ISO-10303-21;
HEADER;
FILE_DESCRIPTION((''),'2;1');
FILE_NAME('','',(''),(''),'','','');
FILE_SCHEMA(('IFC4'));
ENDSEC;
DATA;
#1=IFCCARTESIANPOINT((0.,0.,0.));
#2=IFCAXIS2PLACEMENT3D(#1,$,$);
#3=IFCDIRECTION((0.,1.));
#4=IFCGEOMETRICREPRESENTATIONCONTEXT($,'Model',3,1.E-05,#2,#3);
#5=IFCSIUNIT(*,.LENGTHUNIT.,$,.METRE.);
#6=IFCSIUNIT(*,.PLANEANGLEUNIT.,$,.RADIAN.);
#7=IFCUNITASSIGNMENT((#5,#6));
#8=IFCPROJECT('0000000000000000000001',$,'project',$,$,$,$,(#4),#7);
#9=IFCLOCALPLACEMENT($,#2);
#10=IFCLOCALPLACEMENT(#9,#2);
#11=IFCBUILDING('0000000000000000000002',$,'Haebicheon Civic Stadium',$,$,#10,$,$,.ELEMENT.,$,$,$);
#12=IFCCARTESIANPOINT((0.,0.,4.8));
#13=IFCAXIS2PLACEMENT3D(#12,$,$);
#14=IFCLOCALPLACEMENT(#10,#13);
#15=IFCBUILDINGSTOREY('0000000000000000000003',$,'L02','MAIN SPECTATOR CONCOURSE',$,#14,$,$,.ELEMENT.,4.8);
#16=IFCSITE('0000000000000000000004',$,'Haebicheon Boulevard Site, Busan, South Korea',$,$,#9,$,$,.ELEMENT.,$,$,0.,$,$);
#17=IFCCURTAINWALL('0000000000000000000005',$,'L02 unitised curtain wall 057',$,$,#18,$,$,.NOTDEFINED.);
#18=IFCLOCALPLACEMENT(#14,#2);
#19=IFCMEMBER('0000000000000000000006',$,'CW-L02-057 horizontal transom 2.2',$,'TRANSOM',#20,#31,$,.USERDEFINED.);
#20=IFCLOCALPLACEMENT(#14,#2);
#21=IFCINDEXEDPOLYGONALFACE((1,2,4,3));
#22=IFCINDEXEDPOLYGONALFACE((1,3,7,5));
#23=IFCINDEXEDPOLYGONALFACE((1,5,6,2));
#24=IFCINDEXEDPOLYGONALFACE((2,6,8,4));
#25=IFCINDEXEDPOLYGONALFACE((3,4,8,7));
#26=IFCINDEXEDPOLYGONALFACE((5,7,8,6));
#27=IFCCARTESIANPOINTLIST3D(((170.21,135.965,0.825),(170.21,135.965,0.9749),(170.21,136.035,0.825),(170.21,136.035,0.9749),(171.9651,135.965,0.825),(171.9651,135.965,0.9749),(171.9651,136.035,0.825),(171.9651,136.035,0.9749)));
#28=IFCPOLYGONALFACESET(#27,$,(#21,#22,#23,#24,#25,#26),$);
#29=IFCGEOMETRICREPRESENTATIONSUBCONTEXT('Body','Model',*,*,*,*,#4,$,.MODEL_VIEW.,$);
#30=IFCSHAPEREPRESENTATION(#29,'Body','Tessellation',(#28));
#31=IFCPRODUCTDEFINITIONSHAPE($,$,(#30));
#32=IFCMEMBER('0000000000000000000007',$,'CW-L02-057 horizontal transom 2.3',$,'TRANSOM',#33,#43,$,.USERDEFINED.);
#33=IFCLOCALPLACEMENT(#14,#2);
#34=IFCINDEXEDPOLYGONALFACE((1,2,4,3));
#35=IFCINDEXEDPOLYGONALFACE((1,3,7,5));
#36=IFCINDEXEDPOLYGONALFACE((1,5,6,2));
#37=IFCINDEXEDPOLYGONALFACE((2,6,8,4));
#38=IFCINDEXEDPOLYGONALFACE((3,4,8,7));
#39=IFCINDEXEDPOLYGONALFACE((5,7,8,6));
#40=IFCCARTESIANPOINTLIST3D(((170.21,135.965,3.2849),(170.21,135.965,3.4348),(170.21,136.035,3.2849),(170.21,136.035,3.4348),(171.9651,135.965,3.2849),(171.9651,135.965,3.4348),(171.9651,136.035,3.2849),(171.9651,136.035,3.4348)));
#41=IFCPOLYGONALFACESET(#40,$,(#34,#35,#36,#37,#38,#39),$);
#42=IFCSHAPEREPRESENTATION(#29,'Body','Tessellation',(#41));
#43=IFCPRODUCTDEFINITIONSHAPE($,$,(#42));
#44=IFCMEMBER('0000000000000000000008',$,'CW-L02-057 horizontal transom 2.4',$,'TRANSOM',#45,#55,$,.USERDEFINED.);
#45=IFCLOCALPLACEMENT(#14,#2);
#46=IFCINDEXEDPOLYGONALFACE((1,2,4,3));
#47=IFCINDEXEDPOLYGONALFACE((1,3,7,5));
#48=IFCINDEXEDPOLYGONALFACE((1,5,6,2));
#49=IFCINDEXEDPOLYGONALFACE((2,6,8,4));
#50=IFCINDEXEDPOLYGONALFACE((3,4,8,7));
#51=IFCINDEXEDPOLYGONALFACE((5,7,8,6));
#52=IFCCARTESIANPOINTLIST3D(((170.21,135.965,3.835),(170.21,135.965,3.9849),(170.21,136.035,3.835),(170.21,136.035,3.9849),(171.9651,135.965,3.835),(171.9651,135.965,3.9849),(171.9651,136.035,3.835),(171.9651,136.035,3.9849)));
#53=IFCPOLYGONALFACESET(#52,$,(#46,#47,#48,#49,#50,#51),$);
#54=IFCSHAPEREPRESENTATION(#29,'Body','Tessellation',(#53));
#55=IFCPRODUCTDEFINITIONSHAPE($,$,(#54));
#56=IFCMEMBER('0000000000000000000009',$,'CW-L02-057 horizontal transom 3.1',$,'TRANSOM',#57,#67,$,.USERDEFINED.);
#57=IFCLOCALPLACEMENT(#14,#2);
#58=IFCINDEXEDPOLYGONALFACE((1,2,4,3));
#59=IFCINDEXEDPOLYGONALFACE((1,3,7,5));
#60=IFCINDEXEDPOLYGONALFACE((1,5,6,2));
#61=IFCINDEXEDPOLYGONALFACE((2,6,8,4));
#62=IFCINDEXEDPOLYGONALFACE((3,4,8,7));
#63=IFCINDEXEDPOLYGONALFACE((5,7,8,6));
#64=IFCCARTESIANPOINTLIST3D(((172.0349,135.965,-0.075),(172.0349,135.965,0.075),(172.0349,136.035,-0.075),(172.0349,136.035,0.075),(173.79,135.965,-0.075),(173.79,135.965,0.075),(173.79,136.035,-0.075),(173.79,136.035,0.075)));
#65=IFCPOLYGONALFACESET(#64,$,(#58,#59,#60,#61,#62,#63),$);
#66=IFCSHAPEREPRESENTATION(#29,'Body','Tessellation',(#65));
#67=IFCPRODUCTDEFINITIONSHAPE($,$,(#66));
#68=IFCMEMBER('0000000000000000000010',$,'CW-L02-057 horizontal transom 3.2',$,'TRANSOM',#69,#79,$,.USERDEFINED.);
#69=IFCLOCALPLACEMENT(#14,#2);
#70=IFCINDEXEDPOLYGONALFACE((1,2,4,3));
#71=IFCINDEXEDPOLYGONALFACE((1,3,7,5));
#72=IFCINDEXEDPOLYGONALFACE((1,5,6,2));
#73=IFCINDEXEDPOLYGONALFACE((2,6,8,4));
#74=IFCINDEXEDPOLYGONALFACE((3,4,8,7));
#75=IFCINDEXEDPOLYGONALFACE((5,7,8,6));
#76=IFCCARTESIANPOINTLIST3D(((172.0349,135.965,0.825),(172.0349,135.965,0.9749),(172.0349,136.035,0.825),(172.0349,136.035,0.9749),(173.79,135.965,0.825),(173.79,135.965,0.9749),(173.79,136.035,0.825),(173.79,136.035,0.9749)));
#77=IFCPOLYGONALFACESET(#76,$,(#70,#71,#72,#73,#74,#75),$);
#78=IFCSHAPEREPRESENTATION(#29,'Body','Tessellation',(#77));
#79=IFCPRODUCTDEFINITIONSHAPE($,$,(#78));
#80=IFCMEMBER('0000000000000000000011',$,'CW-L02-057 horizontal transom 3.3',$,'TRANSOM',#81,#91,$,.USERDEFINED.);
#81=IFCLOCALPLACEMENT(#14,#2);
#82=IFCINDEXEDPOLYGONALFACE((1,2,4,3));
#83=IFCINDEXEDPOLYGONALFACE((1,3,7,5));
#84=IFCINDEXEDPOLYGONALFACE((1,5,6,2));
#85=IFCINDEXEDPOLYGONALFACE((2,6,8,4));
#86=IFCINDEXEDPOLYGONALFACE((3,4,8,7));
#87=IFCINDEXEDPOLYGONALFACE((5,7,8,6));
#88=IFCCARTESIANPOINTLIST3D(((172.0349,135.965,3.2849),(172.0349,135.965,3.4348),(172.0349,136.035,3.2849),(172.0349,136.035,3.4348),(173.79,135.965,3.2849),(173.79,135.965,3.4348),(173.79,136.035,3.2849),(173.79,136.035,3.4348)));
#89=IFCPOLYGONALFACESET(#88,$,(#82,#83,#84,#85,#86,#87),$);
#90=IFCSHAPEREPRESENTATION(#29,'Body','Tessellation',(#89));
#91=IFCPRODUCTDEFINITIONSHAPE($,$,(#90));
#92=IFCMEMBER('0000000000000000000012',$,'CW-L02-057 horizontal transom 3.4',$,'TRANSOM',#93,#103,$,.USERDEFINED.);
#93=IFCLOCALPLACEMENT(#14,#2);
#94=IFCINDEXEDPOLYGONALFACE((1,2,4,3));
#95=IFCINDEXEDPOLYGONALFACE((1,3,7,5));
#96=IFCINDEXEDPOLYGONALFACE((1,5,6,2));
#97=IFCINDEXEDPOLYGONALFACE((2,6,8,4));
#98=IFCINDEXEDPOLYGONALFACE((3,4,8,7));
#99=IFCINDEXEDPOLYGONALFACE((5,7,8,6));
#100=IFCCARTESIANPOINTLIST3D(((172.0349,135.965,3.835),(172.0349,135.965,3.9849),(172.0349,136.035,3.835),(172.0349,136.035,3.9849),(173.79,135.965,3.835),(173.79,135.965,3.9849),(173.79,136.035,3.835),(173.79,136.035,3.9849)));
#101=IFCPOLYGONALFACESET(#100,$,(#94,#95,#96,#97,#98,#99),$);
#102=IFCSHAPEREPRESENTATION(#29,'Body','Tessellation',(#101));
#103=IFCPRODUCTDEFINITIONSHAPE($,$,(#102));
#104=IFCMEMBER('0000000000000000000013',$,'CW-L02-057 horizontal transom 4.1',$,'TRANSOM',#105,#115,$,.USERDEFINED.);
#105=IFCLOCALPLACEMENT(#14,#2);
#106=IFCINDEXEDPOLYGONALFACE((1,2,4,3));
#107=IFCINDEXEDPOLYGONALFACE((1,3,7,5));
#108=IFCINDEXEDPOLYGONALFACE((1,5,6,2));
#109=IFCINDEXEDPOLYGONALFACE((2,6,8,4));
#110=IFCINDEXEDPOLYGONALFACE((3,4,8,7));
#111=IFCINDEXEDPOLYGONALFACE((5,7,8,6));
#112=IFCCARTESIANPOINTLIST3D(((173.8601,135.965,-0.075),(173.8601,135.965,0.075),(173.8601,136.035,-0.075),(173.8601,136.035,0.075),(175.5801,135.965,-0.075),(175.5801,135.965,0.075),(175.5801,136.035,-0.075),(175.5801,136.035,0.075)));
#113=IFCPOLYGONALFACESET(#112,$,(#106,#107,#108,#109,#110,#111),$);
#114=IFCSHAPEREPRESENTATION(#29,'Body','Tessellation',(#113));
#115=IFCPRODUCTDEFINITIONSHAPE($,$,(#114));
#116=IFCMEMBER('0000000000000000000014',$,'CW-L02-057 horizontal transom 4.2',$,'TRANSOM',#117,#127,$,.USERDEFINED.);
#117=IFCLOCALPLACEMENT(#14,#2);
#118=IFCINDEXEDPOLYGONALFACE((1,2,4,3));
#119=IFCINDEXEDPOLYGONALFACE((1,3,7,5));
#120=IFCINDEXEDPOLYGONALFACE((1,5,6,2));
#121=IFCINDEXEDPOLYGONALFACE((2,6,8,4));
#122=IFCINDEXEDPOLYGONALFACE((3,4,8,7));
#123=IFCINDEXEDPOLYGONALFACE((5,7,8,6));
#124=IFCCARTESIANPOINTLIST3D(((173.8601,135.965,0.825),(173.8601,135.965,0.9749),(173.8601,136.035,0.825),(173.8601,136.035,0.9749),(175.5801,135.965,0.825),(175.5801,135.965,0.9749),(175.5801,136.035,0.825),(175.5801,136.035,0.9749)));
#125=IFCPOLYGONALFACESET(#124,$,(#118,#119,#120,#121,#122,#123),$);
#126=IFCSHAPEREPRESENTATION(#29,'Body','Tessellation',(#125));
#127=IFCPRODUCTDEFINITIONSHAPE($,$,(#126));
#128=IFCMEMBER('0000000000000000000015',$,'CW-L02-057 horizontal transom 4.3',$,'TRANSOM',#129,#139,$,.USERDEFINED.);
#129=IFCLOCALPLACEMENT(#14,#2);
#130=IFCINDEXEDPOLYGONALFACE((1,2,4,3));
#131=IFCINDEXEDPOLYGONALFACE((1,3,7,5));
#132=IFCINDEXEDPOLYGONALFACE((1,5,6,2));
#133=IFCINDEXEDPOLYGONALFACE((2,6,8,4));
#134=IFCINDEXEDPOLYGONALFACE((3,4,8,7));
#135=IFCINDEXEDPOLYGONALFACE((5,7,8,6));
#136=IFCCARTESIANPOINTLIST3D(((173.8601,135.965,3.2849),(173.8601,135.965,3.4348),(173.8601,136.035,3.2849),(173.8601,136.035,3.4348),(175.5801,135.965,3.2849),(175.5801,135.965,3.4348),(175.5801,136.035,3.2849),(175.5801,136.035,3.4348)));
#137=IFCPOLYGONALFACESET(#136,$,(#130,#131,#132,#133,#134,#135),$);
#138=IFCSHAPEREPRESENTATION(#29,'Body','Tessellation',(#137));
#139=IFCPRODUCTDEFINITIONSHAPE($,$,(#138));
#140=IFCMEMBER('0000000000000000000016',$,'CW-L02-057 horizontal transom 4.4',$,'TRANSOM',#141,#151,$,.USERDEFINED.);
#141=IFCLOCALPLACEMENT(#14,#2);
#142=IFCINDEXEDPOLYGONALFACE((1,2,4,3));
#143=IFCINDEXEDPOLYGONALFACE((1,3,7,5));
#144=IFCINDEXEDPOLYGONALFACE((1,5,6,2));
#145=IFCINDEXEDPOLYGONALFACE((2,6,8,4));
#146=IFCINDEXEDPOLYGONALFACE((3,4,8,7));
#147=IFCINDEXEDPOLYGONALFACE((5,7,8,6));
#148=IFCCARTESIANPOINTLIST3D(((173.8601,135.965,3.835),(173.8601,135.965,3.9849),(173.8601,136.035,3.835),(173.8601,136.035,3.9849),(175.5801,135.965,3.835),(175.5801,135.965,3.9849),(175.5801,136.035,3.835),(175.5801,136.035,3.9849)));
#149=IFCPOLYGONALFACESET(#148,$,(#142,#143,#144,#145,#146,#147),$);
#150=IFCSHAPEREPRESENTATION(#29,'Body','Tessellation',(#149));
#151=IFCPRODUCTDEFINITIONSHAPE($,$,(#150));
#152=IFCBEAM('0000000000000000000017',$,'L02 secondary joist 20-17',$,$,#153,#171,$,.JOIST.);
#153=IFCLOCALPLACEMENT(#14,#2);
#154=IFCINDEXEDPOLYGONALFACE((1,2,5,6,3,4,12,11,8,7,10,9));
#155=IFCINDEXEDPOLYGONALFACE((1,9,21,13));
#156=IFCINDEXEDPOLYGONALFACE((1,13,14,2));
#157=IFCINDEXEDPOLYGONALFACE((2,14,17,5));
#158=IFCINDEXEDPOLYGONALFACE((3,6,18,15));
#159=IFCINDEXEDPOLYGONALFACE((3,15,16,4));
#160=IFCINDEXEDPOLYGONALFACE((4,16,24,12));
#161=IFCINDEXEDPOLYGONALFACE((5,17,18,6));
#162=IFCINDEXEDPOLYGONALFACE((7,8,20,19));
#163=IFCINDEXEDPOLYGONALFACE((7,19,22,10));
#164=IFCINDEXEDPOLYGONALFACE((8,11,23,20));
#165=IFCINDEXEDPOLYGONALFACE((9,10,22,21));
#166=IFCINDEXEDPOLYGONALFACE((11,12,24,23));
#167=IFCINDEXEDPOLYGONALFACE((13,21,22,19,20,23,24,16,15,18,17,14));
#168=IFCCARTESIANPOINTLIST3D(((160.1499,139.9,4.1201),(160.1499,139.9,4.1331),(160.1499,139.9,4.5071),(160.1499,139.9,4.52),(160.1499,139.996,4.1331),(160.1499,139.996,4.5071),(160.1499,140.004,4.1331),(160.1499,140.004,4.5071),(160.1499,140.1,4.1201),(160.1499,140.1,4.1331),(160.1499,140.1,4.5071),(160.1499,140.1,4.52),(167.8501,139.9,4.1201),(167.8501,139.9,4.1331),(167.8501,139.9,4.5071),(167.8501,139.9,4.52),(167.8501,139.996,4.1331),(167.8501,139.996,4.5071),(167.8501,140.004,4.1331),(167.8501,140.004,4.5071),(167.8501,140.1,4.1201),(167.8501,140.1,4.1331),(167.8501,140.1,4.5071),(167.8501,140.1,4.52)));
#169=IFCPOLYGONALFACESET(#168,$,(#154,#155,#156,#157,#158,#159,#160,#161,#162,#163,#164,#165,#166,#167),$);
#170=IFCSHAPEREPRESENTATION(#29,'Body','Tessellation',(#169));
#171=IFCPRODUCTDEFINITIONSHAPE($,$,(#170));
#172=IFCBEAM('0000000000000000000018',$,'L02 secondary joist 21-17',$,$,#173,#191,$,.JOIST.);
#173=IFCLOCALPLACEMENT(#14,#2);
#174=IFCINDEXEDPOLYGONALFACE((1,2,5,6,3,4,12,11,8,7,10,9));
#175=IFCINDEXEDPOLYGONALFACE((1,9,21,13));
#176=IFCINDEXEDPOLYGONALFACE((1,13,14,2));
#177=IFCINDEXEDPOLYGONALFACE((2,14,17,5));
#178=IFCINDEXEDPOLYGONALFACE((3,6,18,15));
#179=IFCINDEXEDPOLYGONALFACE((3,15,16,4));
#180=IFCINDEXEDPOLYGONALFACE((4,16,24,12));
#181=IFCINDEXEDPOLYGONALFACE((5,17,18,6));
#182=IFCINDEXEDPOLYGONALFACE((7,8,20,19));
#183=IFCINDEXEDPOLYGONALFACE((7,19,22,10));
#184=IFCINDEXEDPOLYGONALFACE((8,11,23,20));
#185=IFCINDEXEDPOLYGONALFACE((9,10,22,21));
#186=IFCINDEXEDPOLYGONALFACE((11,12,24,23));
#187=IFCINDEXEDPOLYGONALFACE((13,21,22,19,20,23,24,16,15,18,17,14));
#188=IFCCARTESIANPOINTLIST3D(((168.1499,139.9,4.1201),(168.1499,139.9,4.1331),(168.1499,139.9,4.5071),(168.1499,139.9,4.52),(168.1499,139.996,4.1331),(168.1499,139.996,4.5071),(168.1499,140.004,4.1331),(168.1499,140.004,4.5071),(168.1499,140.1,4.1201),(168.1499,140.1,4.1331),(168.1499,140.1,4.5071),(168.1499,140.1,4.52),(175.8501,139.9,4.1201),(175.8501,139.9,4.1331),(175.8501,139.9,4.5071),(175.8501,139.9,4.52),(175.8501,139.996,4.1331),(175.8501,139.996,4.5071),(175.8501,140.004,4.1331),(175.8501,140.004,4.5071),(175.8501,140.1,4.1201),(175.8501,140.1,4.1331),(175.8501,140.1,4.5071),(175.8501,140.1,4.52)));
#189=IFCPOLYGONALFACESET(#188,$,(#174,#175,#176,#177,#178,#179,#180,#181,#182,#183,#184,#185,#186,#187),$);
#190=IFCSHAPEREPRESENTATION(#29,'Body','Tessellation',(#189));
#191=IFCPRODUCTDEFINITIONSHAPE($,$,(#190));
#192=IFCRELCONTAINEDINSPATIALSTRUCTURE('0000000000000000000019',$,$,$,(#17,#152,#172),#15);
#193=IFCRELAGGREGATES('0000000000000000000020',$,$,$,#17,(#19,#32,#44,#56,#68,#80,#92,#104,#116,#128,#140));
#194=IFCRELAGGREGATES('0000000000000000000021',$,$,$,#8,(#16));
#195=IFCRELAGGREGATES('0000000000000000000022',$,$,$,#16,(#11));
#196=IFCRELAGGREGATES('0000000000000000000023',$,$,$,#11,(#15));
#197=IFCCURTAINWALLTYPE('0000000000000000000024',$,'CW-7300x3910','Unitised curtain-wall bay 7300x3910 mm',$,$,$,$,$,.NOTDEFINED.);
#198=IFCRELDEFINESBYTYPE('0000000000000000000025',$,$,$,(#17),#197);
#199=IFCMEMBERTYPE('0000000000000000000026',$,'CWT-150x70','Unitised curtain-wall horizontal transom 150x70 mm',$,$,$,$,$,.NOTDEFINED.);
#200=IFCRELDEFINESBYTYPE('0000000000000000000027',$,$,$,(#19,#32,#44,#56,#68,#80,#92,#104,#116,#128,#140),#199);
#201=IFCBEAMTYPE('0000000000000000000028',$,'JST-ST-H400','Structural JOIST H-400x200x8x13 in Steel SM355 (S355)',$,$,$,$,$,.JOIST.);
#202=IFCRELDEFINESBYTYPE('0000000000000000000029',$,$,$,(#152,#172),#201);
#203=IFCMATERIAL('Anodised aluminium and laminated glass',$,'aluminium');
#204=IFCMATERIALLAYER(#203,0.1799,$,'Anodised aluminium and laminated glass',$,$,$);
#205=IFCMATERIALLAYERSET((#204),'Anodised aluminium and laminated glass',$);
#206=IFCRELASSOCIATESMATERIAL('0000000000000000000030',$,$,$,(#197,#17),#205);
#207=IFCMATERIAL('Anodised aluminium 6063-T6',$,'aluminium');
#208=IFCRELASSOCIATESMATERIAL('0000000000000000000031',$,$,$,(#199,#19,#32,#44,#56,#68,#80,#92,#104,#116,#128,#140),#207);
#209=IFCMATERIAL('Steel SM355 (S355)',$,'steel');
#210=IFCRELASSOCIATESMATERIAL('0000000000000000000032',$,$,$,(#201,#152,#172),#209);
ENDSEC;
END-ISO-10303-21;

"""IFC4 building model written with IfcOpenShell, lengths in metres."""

from ifc_helpers import new_model, si_unit, direction, frame, origin, origin_2d, place, context, subcontext, project, spatial, rectangle, i_section, extrude, material, layer, layer_set, material_profile, profile_set, type_object, element, aggregate, save


model = new_model("IFC4")

# Units and contexts
model_context = context("Model", 3, precision=1e-05, world=origin(), true_north=direction((0.0, 1.0)))
body_context = subcontext(model_context, "Body", "Model", "MODEL_VIEW")
ifc_project = project(units=[si_unit("LENGTHUNIT", "METRE"), si_unit("PLANEANGLEUNIT", "RADIAN")], contexts=[model_context])

# Site, building, storey
site_placement = place(None, origin())
site = spatial("IfcSite", under=ifc_project, at=site_placement, Name="Haebicheon Boulevard Site, Busan, South Korea", CompositionType="ELEMENT", RefElevation=0.0)
building_placement = place(site_placement, origin())
building = spatial("IfcBuilding", under=site, at=building_placement, Name="Haebicheon Civic Stadium", CompositionType="ELEMENT")
storey_placement = place(building_placement, frame((0.0, 0.0, 4.8)))
storey = spatial("IfcBuildingStorey", under=building, at=storey_placement, Name="L02", Description="MAIN SPECTATOR CONCOURSE", CompositionType="ELEMENT", Elevation=4.8)

# Curtain wall, members
ifc_material_1 = material(Name="Anodised aluminium and laminated glass", Category="aluminium")
ifc_layer_1 = layer(ifc_material_1, 0.1799, Name="Anodised aluminium and laminated glass")
ifc_layer_set_1 = layer_set([ifc_layer_1], Name="Anodised aluminium and laminated glass")
curtain_wall_type = type_object("IfcCurtainWallType", Name="CW-7300x3910", Description="Unitised curtain-wall bay 7300x3910 mm", PredefinedType="NOTDEFINED", material=ifc_layer_set_1)
curtain_wall_placement = place(storey_placement, origin())
curtain_wall = element("IfcCurtainWall", 1, at=curtain_wall_placement, inside=storey, type_object=curtain_wall_type, material=ifc_layer_set_1, Name="L02 unitised curtain wall 057", PredefinedType="NOTDEFINED")
ifc_material_2 = material(Name="Anodised aluminium 6063-T6", Category="aluminium")
ifc_material_profile_1 = material_profile(ifc_material_2, rectangle(XDim=0.0701, YDim=0.1499, at=origin_2d()), Name="ALU-TRAN-70x150")
ifc_profile_set_1 = profile_set([ifc_material_profile_1], Name="Anodised aluminium 6063-T6")
member_type_1 = type_object("IfcMemberType", Name="CWT-150x70", Description="Unitised curtain-wall horizontal transom 150x70 mm", PredefinedType="NOTDEFINED", material=ifc_profile_set_1)
member_1_placement = place(storey_placement, frame((170.21, 136.0, 0.8999), z_axis=(1.0, 0.0, 0.0), x_axis=(0.0, 1.0, 0.0)))
member_1 = element("IfcMember", 2, at=member_1_placement, type_object=member_type_1, material=ifc_profile_set_1, Name="CW-L02-057 horizontal transom 2.2", ObjectType="TRANSOM", PredefinedType="USERDEFINED", context=body_context, shape_type="SweptSolid", body=[
    extrude(rectangle(XDim=0.0701, YDim=0.1499, at=origin_2d()), origin(), (0.0, 0.0, 1.0), 1.7551),
])
member_2_placement = place(storey_placement, frame((170.21, 136.0, 3.3599), z_axis=(1.0, 0.0, 0.0), x_axis=(0.0, 1.0, 0.0)))
member_2 = element("IfcMember", 3, at=member_2_placement, type_object=member_type_1, material=ifc_profile_set_1, Name="CW-L02-057 horizontal transom 2.3", ObjectType="TRANSOM", PredefinedType="USERDEFINED", context=body_context, shape_type="SweptSolid", body=[
    extrude(rectangle(XDim=0.0701, YDim=0.1499, at=origin_2d()), origin(), (0.0, 0.0, 1.0), 1.7551),
])
member_3_placement = place(storey_placement, frame((170.21, 136.0, 3.9099), z_axis=(1.0, 0.0, 0.0), x_axis=(0.0, 1.0, 0.0)))
member_3 = element("IfcMember", 4, at=member_3_placement, type_object=member_type_1, material=ifc_profile_set_1, Name="CW-L02-057 horizontal transom 2.4", ObjectType="TRANSOM", PredefinedType="USERDEFINED", context=body_context, shape_type="SweptSolid", body=[
    extrude(rectangle(XDim=0.0701, YDim=0.1499, at=origin_2d()), origin(), (0.0, 0.0, 1.0), 1.7551),
])
member_4_placement = place(storey_placement, frame((172.0349, 136.0, 0.0), z_axis=(1.0, 0.0, 0.0), x_axis=(0.0, 1.0, 0.0)))
member_4 = element("IfcMember", 5, at=member_4_placement, type_object=member_type_1, material=ifc_profile_set_1, Name="CW-L02-057 horizontal transom 3.1", ObjectType="TRANSOM", PredefinedType="USERDEFINED", context=body_context, shape_type="SweptSolid", body=[
    extrude(rectangle(XDim=0.0701, YDim=0.1499, at=origin_2d()), origin(), (0.0, 0.0, 1.0), 1.7551),
])
member_5_placement = place(storey_placement, frame((172.0349, 136.0, 0.8999), z_axis=(1.0, 0.0, 0.0), x_axis=(0.0, 1.0, 0.0)))
member_5 = element("IfcMember", 6, at=member_5_placement, type_object=member_type_1, material=ifc_profile_set_1, Name="CW-L02-057 horizontal transom 3.2", ObjectType="TRANSOM", PredefinedType="USERDEFINED", context=body_context, shape_type="SweptSolid", body=[
    extrude(rectangle(XDim=0.0701, YDim=0.1499, at=origin_2d()), origin(), (0.0, 0.0, 1.0), 1.7551),
])
member_6_placement = place(storey_placement, frame((172.0349, 136.0, 3.3599), z_axis=(1.0, 0.0, 0.0), x_axis=(0.0, 1.0, 0.0)))
member_6 = element("IfcMember", 7, at=member_6_placement, type_object=member_type_1, material=ifc_profile_set_1, Name="CW-L02-057 horizontal transom 3.3", ObjectType="TRANSOM", PredefinedType="USERDEFINED", context=body_context, shape_type="SweptSolid", body=[
    extrude(rectangle(XDim=0.0701, YDim=0.1499, at=origin_2d()), origin(), (0.0, 0.0, 1.0), 1.7551),
])
member_7_placement = place(storey_placement, frame((172.0349, 136.0, 3.9099), z_axis=(1.0, 0.0, 0.0), x_axis=(0.0, 1.0, 0.0)))
member_7 = element("IfcMember", 8, at=member_7_placement, type_object=member_type_1, material=ifc_profile_set_1, Name="CW-L02-057 horizontal transom 3.4", ObjectType="TRANSOM", PredefinedType="USERDEFINED", context=body_context, shape_type="SweptSolid", body=[
    extrude(rectangle(XDim=0.0701, YDim=0.1499, at=origin_2d()), origin(), (0.0, 0.0, 1.0), 1.7551),
])
member_8_placement = place(storey_placement, frame((173.8601, 136.0, 0.0), z_axis=(1.0, 0.0, 0.0), x_axis=(0.0, 1.0, 0.0)))
member_8 = element("IfcMember", 9, at=member_8_placement, type_object=member_type_1, material=ifc_profile_set_1, Name="CW-L02-057 horizontal transom 4.1", ObjectType="TRANSOM", PredefinedType="USERDEFINED", context=body_context, shape_type="SweptSolid", body=[
    extrude(rectangle(XDim=0.0701, YDim=0.1499, at=origin_2d()), origin(), (0.0, 0.0, 1.0), 1.72),
])
member_9_placement = place(storey_placement, frame((173.8601, 136.0, 0.8999), z_axis=(1.0, 0.0, 0.0), x_axis=(0.0, 1.0, 0.0)))
member_9 = element("IfcMember", 10, at=member_9_placement, type_object=member_type_1, material=ifc_profile_set_1, Name="CW-L02-057 horizontal transom 4.2", ObjectType="TRANSOM", PredefinedType="USERDEFINED", context=body_context, shape_type="SweptSolid", body=[
    extrude(rectangle(XDim=0.0701, YDim=0.1499, at=origin_2d()), origin(), (0.0, 0.0, 1.0), 1.72),
])
member_10_placement = place(storey_placement, frame((173.8601, 136.0, 3.3599), z_axis=(1.0, 0.0, 0.0), x_axis=(0.0, 1.0, 0.0)))
member_10 = element("IfcMember", 11, at=member_10_placement, type_object=member_type_1, material=ifc_profile_set_1, Name="CW-L02-057 horizontal transom 4.3", ObjectType="TRANSOM", PredefinedType="USERDEFINED", context=body_context, shape_type="SweptSolid", body=[
    extrude(rectangle(XDim=0.0701, YDim=0.1499, at=origin_2d()), origin(), (0.0, 0.0, 1.0), 1.72),
])
member_11_placement = place(storey_placement, frame((173.8601, 136.0, 3.9099), z_axis=(1.0, 0.0, 0.0), x_axis=(0.0, 1.0, 0.0)))
member_11 = element("IfcMember", 12, at=member_11_placement, type_object=member_type_1, material=ifc_profile_set_1, Name="CW-L02-057 horizontal transom 4.4", ObjectType="TRANSOM", PredefinedType="USERDEFINED", context=body_context, shape_type="SweptSolid", body=[
    extrude(rectangle(XDim=0.0701, YDim=0.1499, at=origin_2d()), origin(), (0.0, 0.0, 1.0), 1.72),
])

# Beams
ifc_material_3 = material(Name="Steel SM355 (S355)", Category="steel")
ifc_material_profile_2 = material_profile(ifc_material_3, i_section(OverallWidth=0.2, OverallDepth=0.3999, WebThickness=0.0081, FlangeThickness=0.0129, at=origin_2d()), Name="H-400x200x8x13")
ifc_profile_set_2 = profile_set([ifc_material_profile_2], Name="Steel SM355 (S355)")
beam_type_1 = type_object("IfcBeamType", Name="JST-ST-H400", Description="Structural JOIST H-400x200x8x13 in Steel SM355 (S355)", PredefinedType="JOIST", material=ifc_profile_set_2)
for number, where, z_axis, x_axis, name in (
    (13, (160.1499, 140.0, 4.3201), (1.0, 0.0, 0.0), (0.0, 1.0, 0.0), "L02 secondary joist 20-17"),
    (14, (168.1499, 140.0, 4.3201), (1.0, 0.0, 0.0), (0.0, 1.0, 0.0), "L02 secondary joist 21-17"),
):
    element("IfcBeam", number, at=place(storey_placement, frame(where, z_axis=z_axis, x_axis=x_axis)), inside=storey, type_object=beam_type_1, material=ifc_profile_set_2, Name=name, PredefinedType="JOIST", context=body_context, shape_type="SweptSolid", body=[
        extrude(i_section(OverallWidth=0.2, OverallDepth=0.3999, WebThickness=0.0081, FlangeThickness=0.0129, at=origin_2d()), origin(), (0.0, 0.0, 1.0), 7.7002),
    ])

aggregate(curtain_wall, [member_1, member_2, member_3, member_4, member_5, member_6, member_7, member_8, member_9, member_10, member_11])

save(model, "model.ifc")
